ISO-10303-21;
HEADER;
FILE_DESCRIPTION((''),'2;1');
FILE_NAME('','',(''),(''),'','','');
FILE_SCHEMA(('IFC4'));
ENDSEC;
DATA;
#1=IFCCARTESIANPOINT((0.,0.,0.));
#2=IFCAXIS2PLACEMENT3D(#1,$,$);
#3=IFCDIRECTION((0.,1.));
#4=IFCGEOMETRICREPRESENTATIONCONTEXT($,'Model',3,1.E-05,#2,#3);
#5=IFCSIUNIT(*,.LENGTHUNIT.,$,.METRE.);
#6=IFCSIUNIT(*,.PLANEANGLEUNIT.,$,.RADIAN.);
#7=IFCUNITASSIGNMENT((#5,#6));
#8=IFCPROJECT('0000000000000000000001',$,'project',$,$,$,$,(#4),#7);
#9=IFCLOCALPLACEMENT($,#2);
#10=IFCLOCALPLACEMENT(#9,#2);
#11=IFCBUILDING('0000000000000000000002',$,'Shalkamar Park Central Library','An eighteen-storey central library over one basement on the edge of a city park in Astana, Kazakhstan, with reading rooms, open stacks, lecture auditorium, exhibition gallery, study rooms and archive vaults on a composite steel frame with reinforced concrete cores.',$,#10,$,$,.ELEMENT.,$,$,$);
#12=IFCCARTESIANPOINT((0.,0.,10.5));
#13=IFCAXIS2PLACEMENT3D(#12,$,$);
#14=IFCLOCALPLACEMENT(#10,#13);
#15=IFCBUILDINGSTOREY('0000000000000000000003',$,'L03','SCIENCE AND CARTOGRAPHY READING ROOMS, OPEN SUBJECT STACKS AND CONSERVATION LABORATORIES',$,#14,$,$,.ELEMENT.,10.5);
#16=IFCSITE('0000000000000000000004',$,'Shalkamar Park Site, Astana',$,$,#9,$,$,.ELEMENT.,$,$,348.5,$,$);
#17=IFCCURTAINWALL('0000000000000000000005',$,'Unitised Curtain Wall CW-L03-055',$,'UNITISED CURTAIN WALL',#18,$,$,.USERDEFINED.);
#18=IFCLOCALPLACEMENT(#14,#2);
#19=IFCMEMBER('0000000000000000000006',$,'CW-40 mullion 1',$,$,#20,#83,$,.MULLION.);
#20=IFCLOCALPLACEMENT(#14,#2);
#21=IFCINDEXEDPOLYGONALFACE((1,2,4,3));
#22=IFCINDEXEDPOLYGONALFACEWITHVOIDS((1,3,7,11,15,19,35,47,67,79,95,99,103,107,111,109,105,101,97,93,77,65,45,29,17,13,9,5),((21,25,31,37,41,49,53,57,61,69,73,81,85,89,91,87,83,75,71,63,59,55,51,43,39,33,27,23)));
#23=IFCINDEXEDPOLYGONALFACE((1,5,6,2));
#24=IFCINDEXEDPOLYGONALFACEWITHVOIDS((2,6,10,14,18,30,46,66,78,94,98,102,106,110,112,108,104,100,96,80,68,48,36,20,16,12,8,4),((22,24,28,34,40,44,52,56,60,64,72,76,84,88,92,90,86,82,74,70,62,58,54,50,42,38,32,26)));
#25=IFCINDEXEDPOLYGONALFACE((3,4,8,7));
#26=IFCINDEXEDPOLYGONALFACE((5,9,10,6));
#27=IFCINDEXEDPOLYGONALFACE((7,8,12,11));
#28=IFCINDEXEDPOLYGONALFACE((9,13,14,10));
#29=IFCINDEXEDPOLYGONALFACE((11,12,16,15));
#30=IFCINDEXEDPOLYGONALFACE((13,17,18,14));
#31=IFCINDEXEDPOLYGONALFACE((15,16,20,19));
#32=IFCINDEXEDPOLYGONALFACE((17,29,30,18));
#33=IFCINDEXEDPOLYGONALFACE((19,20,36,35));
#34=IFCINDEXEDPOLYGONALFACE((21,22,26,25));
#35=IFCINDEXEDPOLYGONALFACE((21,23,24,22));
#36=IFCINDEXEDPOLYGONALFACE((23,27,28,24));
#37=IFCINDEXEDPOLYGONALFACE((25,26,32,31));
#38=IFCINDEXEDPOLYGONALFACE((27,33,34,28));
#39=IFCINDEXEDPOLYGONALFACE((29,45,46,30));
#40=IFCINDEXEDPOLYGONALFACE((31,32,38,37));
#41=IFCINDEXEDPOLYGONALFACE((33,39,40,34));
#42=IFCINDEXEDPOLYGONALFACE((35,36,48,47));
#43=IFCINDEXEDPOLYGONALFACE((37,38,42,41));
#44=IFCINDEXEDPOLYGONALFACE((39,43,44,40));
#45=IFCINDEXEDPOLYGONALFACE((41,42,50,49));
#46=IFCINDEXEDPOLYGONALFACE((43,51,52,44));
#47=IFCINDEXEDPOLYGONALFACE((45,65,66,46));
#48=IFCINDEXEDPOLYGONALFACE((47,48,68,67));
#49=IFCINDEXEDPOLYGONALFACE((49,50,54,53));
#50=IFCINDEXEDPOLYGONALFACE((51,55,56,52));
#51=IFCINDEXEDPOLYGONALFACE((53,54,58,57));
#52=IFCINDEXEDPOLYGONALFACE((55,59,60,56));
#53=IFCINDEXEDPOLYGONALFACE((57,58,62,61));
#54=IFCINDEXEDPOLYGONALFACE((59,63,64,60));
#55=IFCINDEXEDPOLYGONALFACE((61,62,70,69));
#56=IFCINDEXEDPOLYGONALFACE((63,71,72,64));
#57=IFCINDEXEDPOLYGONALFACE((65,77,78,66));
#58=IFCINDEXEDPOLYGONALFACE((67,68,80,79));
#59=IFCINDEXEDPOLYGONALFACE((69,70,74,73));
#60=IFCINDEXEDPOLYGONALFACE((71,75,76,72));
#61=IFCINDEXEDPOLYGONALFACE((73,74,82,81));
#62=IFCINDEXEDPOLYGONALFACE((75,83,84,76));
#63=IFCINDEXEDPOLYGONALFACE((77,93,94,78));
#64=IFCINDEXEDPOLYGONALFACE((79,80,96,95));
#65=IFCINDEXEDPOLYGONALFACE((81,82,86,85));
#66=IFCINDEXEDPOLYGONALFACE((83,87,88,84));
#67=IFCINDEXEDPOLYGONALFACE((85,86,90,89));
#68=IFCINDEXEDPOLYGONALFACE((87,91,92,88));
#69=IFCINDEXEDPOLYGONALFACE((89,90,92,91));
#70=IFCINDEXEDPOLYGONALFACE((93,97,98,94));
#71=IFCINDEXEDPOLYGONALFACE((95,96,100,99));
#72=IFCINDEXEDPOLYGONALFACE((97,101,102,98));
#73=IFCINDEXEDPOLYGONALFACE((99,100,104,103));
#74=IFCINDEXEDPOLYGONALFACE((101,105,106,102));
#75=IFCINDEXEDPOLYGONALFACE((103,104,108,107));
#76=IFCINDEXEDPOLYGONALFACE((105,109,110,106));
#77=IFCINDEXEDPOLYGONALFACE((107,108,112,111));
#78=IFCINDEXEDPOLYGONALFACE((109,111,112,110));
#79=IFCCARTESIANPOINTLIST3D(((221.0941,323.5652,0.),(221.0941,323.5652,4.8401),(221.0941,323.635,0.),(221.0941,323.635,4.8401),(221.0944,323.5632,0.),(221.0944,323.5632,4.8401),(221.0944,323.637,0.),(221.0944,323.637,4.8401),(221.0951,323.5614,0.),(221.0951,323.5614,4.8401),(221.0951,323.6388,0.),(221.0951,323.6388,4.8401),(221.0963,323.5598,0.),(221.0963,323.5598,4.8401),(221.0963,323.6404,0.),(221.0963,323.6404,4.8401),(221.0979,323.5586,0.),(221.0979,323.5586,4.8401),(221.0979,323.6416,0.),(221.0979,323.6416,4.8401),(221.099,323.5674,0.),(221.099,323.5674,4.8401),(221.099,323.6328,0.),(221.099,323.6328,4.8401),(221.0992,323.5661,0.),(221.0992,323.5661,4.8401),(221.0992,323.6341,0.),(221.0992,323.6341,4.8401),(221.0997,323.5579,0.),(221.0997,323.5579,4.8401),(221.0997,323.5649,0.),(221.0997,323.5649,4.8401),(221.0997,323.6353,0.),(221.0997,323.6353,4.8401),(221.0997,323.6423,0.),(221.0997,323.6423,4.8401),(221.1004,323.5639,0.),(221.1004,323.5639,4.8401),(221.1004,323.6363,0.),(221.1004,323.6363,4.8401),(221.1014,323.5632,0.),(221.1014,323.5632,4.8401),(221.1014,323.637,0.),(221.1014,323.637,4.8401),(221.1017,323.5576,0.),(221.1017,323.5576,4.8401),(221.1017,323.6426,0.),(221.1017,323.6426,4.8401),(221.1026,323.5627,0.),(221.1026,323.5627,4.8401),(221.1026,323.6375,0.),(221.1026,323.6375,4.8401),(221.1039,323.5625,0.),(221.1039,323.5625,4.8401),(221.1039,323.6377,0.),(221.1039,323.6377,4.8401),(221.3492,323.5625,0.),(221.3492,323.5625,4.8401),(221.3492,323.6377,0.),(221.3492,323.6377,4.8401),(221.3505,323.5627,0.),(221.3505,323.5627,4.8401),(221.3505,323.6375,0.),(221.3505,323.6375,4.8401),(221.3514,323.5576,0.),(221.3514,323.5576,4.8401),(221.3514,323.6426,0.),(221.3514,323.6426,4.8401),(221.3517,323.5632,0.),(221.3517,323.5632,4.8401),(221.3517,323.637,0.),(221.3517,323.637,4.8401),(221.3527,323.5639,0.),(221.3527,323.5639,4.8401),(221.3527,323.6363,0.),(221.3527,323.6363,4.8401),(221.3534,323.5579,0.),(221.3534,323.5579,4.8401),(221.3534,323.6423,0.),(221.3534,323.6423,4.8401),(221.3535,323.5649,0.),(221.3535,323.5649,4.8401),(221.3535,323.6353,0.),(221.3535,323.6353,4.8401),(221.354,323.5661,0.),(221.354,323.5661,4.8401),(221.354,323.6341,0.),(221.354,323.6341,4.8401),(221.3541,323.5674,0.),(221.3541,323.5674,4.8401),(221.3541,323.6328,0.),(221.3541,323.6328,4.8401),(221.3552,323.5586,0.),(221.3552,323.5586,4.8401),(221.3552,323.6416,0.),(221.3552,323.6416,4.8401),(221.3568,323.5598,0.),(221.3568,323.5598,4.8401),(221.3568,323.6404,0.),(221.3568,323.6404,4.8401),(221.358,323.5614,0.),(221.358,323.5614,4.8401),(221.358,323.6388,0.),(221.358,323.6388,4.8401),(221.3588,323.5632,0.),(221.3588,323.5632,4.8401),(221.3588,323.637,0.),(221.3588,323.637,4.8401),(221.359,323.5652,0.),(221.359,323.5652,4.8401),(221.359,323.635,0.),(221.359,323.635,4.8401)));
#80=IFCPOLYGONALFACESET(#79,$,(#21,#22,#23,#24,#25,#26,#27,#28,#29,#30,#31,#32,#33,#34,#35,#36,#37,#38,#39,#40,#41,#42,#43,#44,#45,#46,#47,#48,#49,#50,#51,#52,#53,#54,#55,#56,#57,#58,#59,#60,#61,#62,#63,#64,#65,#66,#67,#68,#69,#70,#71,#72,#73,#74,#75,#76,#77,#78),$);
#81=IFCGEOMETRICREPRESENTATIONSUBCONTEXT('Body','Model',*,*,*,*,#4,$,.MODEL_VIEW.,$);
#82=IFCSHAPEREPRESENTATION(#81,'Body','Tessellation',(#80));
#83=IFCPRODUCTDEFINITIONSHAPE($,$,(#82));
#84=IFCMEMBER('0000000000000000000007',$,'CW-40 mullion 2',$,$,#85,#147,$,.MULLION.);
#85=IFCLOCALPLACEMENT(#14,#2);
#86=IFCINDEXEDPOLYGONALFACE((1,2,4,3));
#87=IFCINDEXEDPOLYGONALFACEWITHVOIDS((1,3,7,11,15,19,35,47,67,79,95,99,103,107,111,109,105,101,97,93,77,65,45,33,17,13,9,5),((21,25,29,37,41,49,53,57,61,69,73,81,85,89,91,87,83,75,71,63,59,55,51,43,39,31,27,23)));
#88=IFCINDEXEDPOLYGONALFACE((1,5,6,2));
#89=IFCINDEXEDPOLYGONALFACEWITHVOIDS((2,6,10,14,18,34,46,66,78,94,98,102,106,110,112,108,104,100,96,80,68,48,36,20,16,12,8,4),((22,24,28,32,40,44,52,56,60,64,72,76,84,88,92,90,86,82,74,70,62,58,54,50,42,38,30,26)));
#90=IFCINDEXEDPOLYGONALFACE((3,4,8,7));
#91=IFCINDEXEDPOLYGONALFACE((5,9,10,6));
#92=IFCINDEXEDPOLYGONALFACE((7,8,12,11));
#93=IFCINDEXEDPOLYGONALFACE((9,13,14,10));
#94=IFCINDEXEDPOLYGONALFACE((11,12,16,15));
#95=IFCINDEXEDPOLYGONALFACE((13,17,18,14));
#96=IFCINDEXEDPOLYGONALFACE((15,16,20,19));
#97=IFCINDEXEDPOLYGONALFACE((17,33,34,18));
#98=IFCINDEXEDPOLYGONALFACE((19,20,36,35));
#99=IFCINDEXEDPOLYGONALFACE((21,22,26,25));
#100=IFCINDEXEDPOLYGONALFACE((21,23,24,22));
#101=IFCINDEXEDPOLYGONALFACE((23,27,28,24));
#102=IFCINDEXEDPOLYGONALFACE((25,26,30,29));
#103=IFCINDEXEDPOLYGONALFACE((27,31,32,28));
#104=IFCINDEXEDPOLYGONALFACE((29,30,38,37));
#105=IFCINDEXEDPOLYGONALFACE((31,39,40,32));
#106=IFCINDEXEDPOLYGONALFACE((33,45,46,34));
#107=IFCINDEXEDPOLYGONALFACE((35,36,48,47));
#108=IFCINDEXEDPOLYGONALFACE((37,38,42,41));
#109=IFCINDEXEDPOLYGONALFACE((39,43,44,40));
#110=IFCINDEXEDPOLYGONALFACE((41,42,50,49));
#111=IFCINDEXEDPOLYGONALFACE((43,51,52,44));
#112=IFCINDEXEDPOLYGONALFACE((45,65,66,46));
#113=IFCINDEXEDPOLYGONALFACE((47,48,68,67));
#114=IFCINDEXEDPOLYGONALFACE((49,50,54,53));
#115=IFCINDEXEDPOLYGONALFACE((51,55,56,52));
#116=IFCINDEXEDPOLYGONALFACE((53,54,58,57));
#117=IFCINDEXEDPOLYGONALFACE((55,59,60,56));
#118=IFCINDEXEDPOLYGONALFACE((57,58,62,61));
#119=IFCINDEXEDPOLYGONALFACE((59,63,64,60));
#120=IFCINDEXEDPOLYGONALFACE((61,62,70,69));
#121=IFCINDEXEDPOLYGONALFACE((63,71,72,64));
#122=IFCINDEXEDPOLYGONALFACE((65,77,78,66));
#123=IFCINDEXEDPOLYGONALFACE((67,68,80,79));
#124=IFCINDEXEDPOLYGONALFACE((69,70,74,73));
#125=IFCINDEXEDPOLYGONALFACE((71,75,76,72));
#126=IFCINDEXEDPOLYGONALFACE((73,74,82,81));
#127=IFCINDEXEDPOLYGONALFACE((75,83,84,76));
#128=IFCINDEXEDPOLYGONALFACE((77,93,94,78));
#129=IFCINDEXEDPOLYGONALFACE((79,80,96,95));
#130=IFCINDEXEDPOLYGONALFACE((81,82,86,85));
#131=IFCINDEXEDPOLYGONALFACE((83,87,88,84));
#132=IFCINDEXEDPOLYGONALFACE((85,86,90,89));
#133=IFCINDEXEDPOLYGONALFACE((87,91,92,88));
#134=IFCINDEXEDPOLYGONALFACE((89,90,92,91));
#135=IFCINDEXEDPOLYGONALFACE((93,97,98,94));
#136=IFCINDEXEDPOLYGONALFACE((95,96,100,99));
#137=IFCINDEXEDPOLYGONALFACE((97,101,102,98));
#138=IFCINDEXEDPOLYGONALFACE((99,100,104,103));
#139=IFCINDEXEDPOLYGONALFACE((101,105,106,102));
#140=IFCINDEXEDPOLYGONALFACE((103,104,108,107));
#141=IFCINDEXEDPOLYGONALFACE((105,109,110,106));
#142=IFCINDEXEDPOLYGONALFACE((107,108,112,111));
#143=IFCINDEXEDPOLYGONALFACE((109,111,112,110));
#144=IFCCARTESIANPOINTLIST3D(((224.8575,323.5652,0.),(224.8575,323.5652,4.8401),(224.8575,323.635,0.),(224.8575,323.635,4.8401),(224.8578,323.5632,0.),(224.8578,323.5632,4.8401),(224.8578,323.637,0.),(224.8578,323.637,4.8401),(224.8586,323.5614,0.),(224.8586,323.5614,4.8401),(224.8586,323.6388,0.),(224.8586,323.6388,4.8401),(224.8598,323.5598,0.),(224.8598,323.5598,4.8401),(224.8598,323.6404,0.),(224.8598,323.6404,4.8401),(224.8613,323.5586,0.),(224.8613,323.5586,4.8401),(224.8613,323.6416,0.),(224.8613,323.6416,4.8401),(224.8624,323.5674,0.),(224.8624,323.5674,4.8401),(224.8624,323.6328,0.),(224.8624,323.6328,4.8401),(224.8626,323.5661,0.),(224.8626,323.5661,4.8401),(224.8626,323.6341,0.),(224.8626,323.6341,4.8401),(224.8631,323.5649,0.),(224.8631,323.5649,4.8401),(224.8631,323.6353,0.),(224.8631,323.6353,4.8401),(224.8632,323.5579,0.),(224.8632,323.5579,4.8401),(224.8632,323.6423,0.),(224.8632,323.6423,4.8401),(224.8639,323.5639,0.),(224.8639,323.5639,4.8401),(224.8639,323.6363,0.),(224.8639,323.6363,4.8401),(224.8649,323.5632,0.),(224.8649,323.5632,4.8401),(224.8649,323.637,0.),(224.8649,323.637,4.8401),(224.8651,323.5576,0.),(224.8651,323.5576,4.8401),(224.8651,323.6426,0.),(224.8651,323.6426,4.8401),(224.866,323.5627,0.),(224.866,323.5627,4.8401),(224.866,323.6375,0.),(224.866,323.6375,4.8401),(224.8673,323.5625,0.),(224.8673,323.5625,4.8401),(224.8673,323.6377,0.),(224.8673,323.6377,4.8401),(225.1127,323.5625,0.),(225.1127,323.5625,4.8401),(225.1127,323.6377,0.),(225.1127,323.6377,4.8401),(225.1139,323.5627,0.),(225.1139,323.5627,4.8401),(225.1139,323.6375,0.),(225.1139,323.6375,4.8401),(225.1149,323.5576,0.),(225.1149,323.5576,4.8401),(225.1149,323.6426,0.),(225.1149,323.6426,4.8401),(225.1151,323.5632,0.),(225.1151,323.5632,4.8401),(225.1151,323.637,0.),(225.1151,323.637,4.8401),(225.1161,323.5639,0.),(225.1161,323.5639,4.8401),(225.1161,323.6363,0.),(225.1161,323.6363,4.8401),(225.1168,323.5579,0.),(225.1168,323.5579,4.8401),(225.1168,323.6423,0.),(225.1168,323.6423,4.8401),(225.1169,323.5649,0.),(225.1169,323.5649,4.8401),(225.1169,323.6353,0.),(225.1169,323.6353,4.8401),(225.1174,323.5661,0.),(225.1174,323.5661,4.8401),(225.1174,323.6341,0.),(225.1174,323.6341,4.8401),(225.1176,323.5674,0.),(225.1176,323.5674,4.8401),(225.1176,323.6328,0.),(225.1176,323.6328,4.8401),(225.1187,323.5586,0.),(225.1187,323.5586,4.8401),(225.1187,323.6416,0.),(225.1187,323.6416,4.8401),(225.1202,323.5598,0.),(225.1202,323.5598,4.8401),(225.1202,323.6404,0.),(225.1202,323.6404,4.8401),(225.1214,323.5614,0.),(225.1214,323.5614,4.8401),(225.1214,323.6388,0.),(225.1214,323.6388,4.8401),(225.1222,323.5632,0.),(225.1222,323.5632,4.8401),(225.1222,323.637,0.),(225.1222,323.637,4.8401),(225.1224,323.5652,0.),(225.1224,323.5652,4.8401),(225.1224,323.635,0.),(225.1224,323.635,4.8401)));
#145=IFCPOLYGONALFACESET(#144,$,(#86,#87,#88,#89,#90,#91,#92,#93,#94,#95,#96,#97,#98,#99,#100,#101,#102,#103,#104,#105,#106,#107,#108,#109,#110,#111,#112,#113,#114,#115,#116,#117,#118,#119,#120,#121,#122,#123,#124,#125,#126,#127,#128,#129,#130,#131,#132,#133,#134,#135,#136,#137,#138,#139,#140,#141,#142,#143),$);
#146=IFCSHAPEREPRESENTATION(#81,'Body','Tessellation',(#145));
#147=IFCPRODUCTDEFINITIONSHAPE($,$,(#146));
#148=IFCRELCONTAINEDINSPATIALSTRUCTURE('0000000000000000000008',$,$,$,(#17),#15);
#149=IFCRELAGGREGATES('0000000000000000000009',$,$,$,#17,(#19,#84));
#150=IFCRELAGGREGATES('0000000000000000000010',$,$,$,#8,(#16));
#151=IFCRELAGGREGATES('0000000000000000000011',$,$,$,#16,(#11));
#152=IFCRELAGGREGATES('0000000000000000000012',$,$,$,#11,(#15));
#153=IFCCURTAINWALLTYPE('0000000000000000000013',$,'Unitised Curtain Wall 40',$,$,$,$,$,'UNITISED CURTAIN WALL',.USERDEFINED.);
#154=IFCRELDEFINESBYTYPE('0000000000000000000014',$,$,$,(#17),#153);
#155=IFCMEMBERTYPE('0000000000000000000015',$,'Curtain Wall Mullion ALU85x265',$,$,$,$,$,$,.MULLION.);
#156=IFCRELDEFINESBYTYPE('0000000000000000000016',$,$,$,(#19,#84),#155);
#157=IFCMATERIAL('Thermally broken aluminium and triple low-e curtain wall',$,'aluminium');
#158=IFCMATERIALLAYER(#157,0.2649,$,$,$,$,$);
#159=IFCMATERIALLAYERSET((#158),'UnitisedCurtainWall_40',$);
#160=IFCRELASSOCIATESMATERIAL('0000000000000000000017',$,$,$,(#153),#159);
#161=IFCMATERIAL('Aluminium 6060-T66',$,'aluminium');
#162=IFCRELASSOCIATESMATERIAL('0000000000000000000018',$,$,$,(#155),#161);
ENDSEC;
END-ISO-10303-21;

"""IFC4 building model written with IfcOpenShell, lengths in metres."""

from ifc_helpers import new_model, si_unit, direction, frame, origin, origin_2d, place, context, subcontext, project, spatial, hollow_rectangle, extrude, material, layer, layer_set, material_profile, profile_set, type_object, element, aggregate, save


model = new_model("IFC4")

# Units and contexts
model_context = context("Model", 3, precision=1e-05, world=origin(), true_north=direction((0.0, 1.0)))
body_context = subcontext(model_context, "Body", "Model", "MODEL_VIEW")
ifc_project = project(units=[si_unit("LENGTHUNIT", "METRE"), si_unit("PLANEANGLEUNIT", "RADIAN")], contexts=[model_context])

# Site, building, storey
site_placement = place(None, origin())
site = spatial("IfcSite", under=ifc_project, at=site_placement, Name="Shalkamar Park Site, Astana", CompositionType="ELEMENT", RefElevation=348.5)
building_placement = place(site_placement, origin())
building = spatial("IfcBuilding", under=site, at=building_placement, Name="Shalkamar Park Central Library", Description="An eighteen-storey central library over one basement on the edge of a city park in Astana, Kazakhstan, with reading rooms, open stacks, lecture auditorium, exhibition gallery, study rooms and archive vaults on a composite steel frame with reinforced concrete cores.", CompositionType="ELEMENT")
storey_placement = place(building_placement, frame((0.0, 0.0, 10.5)))
storey = spatial("IfcBuildingStorey", under=building, at=storey_placement, Name="L03", Description="SCIENCE AND CARTOGRAPHY READING ROOMS, OPEN SUBJECT STACKS AND CONSERVATION LABORATORIES", CompositionType="ELEMENT", Elevation=10.5)

# Curtain wall, members
ifc_material_1 = material(Name="Thermally broken aluminium and triple low-e curtain wall", Category="aluminium")
ifc_layer_1 = layer(ifc_material_1, 0.2649)
ifc_layer_set_1 = layer_set([ifc_layer_1], Name="UnitisedCurtainWall_40")
curtain_wall_type = type_object("IfcCurtainWallType", Name="Unitised Curtain Wall 40", ElementType="UNITISED CURTAIN WALL", PredefinedType="USERDEFINED", material=ifc_layer_set_1)
curtain_wall_placement = place(storey_placement, origin())
curtain_wall = element("IfcCurtainWall", 1, at=curtain_wall_placement, inside=storey, type_object=curtain_wall_type, Name="Unitised Curtain Wall CW-L03-055", ObjectType="UNITISED CURTAIN WALL", PredefinedType="USERDEFINED")
ifc_material_2 = material(Name="Aluminium 6060-T66", Category="aluminium")
ifc_material_profile_1 = material_profile(ifc_material_2, hollow_rectangle(XDim=0.085, YDim=0.2649, WallThickness=0.0049, InnerFilletRadius=0.0049, OuterFilletRadius=0.0076, at=origin_2d()), Name="ALU 85x265x5")
ifc_profile_set_1 = profile_set([ifc_material_profile_1], Name="Aluminium 6060-T66")
member_type_1 = type_object("IfcMemberType", Name="Curtain Wall Mullion ALU85x265", PredefinedType="MULLION", material=ifc_profile_set_1)
member_1_placement = place(storey_placement, frame((221.2266, 323.6001, 0.0), z_axis=(0.0, 0.0, 1.0), x_axis=(0.0, 1.0, 0.0)))
member_1 = element("IfcMember", 2, at=member_1_placement, type_object=member_type_1, Name="CW-40 mullion 1", PredefinedType="MULLION", context=body_context, shape_type="SweptSolid", body=[
    extrude(hollow_rectangle(XDim=0.085, YDim=0.2649, WallThickness=0.0049, InnerFilletRadius=0.0049, OuterFilletRadius=0.0076, at=origin_2d()), origin(), (0.0, 0.0, 1.0), 4.8401),
])
member_2_placement = place(storey_placement, frame((224.99, 323.6001, 0.0), z_axis=(0.0, 0.0, 1.0), x_axis=(0.0, 1.0, 0.0)))
member_2 = element("IfcMember", 3, at=member_2_placement, type_object=member_type_1, Name="CW-40 mullion 2", PredefinedType="MULLION", context=body_context, shape_type="SweptSolid", body=[
    extrude(hollow_rectangle(XDim=0.085, YDim=0.2649, WallThickness=0.0049, InnerFilletRadius=0.0049, OuterFilletRadius=0.0076, at=origin_2d()), origin(), (0.0, 0.0, 1.0), 4.8401),
])

aggregate(curtain_wall, [member_1, member_2])

save(model, "model.ifc")
